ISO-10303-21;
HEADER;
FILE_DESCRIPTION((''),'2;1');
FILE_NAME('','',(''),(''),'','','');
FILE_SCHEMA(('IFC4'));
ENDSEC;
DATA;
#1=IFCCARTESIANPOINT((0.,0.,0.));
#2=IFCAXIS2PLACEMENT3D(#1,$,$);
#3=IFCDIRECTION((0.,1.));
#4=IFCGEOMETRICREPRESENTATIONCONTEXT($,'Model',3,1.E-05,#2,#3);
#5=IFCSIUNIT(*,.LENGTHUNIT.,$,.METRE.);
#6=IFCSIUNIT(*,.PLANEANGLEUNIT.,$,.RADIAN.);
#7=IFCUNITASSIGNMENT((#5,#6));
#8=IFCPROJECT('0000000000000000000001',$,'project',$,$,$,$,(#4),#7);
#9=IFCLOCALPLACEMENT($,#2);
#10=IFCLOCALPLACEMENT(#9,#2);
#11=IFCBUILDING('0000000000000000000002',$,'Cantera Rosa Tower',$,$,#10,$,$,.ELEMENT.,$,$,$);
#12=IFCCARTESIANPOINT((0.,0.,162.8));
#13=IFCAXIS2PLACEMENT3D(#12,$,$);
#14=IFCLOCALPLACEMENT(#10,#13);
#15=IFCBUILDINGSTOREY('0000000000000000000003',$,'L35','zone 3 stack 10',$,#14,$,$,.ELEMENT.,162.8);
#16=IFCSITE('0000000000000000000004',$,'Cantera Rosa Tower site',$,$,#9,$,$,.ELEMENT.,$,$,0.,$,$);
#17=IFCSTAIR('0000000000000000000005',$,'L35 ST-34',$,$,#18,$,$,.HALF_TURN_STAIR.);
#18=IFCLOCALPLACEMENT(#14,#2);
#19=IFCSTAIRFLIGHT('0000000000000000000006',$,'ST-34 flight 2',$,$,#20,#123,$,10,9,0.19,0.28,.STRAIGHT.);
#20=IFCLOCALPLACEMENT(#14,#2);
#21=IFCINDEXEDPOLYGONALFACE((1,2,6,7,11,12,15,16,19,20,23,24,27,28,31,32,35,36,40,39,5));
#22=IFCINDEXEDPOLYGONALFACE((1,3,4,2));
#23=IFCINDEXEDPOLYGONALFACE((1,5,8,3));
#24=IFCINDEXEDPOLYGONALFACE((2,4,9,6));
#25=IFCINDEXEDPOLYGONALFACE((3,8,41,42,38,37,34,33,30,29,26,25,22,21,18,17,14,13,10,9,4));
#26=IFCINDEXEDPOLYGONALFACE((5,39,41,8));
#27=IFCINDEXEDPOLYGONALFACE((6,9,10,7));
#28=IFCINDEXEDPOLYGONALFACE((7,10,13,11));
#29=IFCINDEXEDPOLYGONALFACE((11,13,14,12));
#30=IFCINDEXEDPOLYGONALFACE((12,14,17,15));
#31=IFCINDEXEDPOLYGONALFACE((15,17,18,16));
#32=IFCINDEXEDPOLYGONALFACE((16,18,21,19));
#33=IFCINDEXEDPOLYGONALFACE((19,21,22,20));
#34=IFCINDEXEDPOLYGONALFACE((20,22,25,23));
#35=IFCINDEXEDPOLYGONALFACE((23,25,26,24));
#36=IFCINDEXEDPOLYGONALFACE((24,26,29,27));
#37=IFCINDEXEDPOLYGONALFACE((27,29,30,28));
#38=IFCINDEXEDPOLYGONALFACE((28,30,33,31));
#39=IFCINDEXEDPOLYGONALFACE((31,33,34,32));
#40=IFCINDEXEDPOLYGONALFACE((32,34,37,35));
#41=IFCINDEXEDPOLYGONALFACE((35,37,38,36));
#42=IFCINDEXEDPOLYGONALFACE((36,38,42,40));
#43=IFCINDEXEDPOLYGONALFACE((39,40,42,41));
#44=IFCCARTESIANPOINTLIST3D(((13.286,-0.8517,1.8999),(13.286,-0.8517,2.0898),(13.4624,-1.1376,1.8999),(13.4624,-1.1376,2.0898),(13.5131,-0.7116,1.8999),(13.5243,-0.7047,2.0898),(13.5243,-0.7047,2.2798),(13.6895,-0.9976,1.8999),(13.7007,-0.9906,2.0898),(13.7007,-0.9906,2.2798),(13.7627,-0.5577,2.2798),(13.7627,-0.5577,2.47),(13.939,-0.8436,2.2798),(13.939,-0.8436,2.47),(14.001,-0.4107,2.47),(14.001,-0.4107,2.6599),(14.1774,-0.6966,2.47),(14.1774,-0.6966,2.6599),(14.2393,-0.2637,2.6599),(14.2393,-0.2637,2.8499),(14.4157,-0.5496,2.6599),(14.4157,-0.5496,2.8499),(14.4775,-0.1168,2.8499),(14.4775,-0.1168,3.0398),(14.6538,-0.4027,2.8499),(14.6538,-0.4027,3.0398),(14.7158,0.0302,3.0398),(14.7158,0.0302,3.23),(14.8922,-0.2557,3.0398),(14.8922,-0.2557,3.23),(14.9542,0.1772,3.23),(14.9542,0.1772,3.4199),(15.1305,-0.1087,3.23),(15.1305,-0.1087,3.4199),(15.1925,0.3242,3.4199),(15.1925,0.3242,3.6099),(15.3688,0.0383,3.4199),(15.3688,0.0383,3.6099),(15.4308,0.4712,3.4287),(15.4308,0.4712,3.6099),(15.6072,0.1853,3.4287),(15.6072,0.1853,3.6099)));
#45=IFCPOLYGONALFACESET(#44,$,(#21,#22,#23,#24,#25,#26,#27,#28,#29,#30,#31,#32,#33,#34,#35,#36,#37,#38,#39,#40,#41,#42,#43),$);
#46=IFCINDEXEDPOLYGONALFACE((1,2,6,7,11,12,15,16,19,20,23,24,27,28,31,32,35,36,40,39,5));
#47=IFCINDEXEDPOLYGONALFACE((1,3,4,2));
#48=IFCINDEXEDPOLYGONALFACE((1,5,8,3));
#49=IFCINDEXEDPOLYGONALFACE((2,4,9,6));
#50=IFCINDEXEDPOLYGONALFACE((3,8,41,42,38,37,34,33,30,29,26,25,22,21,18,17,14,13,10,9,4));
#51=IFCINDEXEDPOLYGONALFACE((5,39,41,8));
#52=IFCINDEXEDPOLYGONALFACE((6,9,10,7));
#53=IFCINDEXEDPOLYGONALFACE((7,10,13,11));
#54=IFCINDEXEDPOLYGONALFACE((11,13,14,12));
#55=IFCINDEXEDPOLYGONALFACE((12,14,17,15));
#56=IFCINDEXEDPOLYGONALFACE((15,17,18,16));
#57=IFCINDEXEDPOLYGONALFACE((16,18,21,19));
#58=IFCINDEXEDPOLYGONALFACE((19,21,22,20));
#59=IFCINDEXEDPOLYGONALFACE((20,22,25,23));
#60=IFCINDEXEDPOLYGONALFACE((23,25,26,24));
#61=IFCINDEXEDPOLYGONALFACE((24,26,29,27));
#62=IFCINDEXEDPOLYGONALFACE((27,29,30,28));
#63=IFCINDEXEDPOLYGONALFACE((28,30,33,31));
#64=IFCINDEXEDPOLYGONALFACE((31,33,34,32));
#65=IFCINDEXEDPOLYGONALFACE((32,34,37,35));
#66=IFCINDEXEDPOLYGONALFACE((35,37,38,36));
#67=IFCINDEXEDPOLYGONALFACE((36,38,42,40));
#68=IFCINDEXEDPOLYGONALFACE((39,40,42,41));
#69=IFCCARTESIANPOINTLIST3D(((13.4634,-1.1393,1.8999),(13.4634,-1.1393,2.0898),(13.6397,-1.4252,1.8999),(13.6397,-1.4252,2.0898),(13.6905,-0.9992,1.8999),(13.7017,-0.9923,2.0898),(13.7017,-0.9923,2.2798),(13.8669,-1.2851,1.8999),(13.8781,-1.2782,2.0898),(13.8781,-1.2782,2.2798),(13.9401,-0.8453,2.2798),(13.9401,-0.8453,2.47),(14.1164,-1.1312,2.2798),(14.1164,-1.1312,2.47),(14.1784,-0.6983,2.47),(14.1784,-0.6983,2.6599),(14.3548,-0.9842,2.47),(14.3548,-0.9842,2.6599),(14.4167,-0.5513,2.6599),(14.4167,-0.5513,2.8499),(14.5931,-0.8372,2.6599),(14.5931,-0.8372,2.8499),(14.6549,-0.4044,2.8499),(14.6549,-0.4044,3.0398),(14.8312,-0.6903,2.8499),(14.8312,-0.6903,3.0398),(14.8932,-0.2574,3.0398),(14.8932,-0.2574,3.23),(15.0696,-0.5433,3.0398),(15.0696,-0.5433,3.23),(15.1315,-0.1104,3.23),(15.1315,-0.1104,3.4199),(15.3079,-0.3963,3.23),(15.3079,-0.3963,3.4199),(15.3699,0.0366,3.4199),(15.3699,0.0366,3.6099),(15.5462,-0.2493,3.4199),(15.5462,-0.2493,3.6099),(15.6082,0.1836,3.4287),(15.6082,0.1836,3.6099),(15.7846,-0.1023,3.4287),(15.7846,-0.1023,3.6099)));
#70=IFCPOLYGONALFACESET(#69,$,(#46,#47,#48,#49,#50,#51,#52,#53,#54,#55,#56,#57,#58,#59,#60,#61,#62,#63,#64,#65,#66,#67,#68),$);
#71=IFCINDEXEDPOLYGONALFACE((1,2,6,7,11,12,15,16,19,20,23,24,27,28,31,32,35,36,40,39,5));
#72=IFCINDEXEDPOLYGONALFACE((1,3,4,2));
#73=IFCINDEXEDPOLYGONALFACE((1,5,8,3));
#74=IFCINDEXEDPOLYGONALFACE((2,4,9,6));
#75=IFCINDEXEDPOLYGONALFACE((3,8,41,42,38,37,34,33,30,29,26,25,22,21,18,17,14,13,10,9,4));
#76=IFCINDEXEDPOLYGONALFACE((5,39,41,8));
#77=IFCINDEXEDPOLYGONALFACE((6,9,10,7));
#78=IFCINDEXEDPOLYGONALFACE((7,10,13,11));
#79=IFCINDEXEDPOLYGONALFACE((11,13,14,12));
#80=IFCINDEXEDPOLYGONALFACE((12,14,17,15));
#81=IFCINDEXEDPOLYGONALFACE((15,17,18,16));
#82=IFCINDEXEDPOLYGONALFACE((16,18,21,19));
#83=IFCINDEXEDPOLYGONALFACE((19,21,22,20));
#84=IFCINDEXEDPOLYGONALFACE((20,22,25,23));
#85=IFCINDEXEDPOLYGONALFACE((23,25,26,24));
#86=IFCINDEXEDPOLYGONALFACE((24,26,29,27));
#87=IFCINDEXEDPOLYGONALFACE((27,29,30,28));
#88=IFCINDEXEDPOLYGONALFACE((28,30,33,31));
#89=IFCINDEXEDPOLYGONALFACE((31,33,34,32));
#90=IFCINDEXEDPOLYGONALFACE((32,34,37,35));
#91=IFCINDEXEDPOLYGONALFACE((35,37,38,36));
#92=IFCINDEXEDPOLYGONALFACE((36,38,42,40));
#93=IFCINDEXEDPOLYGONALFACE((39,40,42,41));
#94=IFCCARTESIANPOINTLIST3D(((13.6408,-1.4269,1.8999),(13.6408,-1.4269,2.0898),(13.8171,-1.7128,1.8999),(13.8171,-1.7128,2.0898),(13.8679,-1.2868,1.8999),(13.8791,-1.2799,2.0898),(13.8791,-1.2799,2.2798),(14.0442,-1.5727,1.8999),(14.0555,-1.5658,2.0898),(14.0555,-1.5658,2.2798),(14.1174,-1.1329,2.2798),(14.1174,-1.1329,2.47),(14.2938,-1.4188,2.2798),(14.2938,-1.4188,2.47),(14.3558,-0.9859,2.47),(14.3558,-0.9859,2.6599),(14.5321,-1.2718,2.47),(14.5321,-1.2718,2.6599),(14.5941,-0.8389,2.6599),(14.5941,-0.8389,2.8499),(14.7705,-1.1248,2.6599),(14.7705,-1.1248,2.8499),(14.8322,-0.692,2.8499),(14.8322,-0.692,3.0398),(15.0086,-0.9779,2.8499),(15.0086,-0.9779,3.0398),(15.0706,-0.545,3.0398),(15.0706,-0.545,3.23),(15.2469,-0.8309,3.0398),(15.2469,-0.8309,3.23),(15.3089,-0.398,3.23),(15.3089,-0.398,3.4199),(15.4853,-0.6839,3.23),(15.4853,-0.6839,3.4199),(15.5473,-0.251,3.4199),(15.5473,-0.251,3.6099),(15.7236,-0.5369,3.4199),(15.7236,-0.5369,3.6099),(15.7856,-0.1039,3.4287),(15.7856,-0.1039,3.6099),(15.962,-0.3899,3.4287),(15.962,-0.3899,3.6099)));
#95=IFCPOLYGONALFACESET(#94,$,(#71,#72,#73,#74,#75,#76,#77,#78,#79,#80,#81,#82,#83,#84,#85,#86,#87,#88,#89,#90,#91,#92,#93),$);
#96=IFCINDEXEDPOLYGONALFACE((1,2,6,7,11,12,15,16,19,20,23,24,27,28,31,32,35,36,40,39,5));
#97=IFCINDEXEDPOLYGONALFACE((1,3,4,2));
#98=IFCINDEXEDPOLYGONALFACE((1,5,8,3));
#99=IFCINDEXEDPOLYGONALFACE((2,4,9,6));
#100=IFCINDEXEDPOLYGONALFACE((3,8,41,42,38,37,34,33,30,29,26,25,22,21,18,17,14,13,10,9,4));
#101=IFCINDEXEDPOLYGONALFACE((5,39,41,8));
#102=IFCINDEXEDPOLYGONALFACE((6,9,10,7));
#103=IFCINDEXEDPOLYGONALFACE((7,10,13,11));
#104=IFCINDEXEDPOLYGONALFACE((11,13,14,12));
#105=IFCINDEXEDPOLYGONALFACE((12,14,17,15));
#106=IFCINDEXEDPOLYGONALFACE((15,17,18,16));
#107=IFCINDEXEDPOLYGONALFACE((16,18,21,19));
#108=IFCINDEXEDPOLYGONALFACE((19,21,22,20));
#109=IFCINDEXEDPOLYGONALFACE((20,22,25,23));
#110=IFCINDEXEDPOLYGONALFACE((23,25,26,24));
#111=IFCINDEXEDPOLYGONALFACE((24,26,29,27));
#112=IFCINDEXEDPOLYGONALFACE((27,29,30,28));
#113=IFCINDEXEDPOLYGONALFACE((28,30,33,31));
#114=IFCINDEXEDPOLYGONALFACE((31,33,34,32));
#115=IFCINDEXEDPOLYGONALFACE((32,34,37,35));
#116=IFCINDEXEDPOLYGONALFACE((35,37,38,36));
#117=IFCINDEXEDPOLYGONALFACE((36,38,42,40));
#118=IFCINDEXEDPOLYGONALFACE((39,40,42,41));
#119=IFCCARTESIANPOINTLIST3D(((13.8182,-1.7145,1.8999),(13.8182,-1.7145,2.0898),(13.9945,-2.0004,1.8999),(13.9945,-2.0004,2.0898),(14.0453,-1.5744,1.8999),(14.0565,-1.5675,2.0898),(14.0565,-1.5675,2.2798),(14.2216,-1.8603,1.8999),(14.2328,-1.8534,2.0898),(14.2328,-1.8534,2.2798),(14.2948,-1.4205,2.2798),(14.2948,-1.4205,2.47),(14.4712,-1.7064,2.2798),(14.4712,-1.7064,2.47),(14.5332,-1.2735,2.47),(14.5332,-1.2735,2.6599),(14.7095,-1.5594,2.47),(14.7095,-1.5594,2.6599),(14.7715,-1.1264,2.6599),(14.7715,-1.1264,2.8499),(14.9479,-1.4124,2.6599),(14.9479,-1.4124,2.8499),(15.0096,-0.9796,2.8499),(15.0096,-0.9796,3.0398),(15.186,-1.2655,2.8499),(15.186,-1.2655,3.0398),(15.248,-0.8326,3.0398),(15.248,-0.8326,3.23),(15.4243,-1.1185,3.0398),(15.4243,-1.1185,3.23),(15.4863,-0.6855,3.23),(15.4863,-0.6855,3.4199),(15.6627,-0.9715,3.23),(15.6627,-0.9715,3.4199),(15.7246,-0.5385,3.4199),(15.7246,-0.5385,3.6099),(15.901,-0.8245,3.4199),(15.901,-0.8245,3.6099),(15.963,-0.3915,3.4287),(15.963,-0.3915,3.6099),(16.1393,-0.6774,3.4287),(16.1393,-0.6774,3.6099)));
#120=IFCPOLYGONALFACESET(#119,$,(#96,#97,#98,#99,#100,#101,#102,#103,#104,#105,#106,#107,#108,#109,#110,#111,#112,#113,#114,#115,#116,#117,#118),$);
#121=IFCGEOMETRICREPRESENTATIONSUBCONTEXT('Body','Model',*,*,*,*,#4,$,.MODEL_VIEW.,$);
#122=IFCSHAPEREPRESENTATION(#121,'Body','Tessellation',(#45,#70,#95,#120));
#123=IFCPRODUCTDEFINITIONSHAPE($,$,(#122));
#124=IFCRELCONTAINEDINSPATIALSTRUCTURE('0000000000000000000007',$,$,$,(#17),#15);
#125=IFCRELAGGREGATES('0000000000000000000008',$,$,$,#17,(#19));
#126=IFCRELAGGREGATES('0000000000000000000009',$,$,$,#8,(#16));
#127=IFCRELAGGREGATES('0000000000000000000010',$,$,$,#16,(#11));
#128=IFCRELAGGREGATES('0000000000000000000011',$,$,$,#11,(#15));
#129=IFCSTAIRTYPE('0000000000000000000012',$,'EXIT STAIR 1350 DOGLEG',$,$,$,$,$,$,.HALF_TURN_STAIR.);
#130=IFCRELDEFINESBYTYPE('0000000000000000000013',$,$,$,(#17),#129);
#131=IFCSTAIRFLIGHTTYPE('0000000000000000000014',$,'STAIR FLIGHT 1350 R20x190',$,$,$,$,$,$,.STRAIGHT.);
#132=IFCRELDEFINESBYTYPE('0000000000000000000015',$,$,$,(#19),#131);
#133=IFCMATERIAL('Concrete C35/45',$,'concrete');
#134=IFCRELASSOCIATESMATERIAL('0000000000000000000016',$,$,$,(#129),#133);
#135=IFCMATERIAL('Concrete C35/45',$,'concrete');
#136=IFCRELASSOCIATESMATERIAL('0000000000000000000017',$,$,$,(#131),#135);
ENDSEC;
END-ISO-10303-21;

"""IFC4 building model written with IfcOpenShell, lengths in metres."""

from ifc_helpers import new_model, si_unit, direction, frame, origin, place, context, subcontext, project, spatial, polyline, outline, extrude, material, type_object, element, aggregate, save


model = new_model("IFC4")

# Units and contexts
model_context = context("Model", 3, precision=1e-05, world=origin(), true_north=direction((0.0, 1.0)))
body_context = subcontext(model_context, "Body", "Model", "MODEL_VIEW")
ifc_project = project(units=[si_unit("LENGTHUNIT", "METRE"), si_unit("PLANEANGLEUNIT", "RADIAN")], contexts=[model_context])

# Site, building, storey
site_placement = place(None, origin())
site = spatial("IfcSite", under=ifc_project, at=site_placement, Name="Cantera Rosa Tower site", CompositionType="ELEMENT", RefElevation=0.0)
building_placement = place(site_placement, origin())
building = spatial("IfcBuilding", under=site, at=building_placement, Name="Cantera Rosa Tower", CompositionType="ELEMENT")
storey_placement = place(building_placement, frame((0.0, 0.0, 162.8)))
storey = spatial("IfcBuildingStorey", under=building, at=storey_placement, Name="L35", Description="zone 3 stack 10", CompositionType="ELEMENT", Elevation=162.8)

# Stair, stair flight
ifc_material_1 = material(Name="Concrete C35/45", Category="concrete")
stair_type = type_object("IfcStairType", Name="EXIT STAIR 1350 DOGLEG", PredefinedType="HALF_TURN_STAIR", material=ifc_material_1)
stair_placement = place(storey_placement, origin())
stair = element("IfcStair", 1, at=stair_placement, inside=storey, type_object=stair_type, Name="L35 ST-34", PredefinedType="HALF_TURN_STAIR")
ifc_material_2 = material(Name="Concrete C35/45", Category="concrete")
stair_flight_type = type_object("IfcStairFlightType", Name="STAIR FLIGHT 1350 R20x190", PredefinedType="STRAIGHT", material=ifc_material_2)
stair_flight_placement = place(storey_placement, frame((13.6404, -1.4263, 1.8999), z_axis=(0.0, 0.0, 1.0), x_axis=(0.851117, 0.524977, 0.0)))
stair_flight = element("IfcStairFlight", 2, at=stair_flight_placement, type_object=stair_flight_type, Name="ST-34 flight 2", NumberOfRisers=10, NumberOfTreads=9, PredefinedType="STRAIGHT", RiserHeight=0.19, TreadLength=0.28, context=body_context, shape_type="SweptSolid", body=[
    extrude(outline(polyline([(0.0, 0.0), (0.0, 0.1899), (0.28, 0.1899), (0.28, 0.3799), (0.5601, 0.3799), (0.5601, 0.5701), (0.8401, 0.5701), (0.8401, 0.76), (1.1201, 0.76), (1.1201, 0.95), (1.3999, 0.95), (1.3999, 1.1399), (1.6799, 1.1399), (1.6799, 1.3301), (1.96, 1.3301), (1.96, 1.52), (2.24, 1.52), (2.24, 1.71), (2.52, 1.71), (2.52, 1.8999), (2.52, 1.5288), (0.2668, 0.0), (0.0, 0.0)])), frame((0.0, 0.675, 0.0), z_axis=(0.0, -1.0, 0.0), x_axis=(1.0, 0.0, 0.0)), (0.0, 0.0, 1.0), 0.3359),
    extrude(outline(polyline([(0.0, 0.0), (0.0, 0.1899), (0.28, 0.1899), (0.28, 0.3799), (0.5601, 0.3799), (0.5601, 0.5701), (0.8401, 0.5701), (0.8401, 0.76), (1.1201, 0.76), (1.1201, 0.95), (1.3999, 0.95), (1.3999, 1.1399), (1.6799, 1.1399), (1.6799, 1.3301), (1.96, 1.3301), (1.96, 1.52), (2.24, 1.52), (2.24, 1.71), (2.52, 1.71), (2.52, 1.8999), (2.52, 1.5288), (0.2668, 0.0), (0.0, 0.0)])), frame((0.0, 0.3372, 0.0), z_axis=(0.0, -1.0, 0.0), x_axis=(1.0, 0.0, 0.0)), (0.0, 0.0, 1.0), 0.3359),
    extrude(outline(polyline([(0.0, 0.0), (0.0, 0.1899), (0.28, 0.1899), (0.28, 0.3799), (0.5601, 0.3799), (0.5601, 0.5701), (0.8401, 0.5701), (0.8401, 0.76), (1.1201, 0.76), (1.1201, 0.95), (1.3999, 0.95), (1.3999, 1.1399), (1.6799, 1.1399), (1.6799, 1.3301), (1.96, 1.3301), (1.96, 1.52), (2.24, 1.52), (2.24, 1.71), (2.52, 1.71), (2.52, 1.8999), (2.52, 1.5288), (0.2668, 0.0), (0.0, 0.0)])), frame((0.0, -0.0007, 0.0), z_axis=(0.0, -1.0, 0.0), x_axis=(1.0, 0.0, 0.0)), (0.0, 0.0, 1.0), 0.3359),
    extrude(outline(polyline([(0.0, 0.0), (0.0, 0.1899), (0.28, 0.1899), (0.28, 0.3799), (0.5601, 0.3799), (0.5601, 0.5701), (0.8401, 0.5701), (0.8401, 0.76), (1.1201, 0.76), (1.1201, 0.95), (1.3999, 0.95), (1.3999, 1.1399), (1.6799, 1.1399), (1.6799, 1.3301), (1.96, 1.3301), (1.96, 1.52), (2.24, 1.52), (2.24, 1.71), (2.52, 1.71), (2.52, 1.8999), (2.52, 1.5288), (0.2668, 0.0), (0.0, 0.0)])), frame((0.0, -0.3386, 0.0), z_axis=(0.0, -1.0, 0.0), x_axis=(1.0, 0.0, 0.0)), (0.0, 0.0, 1.0), 0.3359),
])
aggregate(stair, [stair_flight])

save(model, "model.ifc")
